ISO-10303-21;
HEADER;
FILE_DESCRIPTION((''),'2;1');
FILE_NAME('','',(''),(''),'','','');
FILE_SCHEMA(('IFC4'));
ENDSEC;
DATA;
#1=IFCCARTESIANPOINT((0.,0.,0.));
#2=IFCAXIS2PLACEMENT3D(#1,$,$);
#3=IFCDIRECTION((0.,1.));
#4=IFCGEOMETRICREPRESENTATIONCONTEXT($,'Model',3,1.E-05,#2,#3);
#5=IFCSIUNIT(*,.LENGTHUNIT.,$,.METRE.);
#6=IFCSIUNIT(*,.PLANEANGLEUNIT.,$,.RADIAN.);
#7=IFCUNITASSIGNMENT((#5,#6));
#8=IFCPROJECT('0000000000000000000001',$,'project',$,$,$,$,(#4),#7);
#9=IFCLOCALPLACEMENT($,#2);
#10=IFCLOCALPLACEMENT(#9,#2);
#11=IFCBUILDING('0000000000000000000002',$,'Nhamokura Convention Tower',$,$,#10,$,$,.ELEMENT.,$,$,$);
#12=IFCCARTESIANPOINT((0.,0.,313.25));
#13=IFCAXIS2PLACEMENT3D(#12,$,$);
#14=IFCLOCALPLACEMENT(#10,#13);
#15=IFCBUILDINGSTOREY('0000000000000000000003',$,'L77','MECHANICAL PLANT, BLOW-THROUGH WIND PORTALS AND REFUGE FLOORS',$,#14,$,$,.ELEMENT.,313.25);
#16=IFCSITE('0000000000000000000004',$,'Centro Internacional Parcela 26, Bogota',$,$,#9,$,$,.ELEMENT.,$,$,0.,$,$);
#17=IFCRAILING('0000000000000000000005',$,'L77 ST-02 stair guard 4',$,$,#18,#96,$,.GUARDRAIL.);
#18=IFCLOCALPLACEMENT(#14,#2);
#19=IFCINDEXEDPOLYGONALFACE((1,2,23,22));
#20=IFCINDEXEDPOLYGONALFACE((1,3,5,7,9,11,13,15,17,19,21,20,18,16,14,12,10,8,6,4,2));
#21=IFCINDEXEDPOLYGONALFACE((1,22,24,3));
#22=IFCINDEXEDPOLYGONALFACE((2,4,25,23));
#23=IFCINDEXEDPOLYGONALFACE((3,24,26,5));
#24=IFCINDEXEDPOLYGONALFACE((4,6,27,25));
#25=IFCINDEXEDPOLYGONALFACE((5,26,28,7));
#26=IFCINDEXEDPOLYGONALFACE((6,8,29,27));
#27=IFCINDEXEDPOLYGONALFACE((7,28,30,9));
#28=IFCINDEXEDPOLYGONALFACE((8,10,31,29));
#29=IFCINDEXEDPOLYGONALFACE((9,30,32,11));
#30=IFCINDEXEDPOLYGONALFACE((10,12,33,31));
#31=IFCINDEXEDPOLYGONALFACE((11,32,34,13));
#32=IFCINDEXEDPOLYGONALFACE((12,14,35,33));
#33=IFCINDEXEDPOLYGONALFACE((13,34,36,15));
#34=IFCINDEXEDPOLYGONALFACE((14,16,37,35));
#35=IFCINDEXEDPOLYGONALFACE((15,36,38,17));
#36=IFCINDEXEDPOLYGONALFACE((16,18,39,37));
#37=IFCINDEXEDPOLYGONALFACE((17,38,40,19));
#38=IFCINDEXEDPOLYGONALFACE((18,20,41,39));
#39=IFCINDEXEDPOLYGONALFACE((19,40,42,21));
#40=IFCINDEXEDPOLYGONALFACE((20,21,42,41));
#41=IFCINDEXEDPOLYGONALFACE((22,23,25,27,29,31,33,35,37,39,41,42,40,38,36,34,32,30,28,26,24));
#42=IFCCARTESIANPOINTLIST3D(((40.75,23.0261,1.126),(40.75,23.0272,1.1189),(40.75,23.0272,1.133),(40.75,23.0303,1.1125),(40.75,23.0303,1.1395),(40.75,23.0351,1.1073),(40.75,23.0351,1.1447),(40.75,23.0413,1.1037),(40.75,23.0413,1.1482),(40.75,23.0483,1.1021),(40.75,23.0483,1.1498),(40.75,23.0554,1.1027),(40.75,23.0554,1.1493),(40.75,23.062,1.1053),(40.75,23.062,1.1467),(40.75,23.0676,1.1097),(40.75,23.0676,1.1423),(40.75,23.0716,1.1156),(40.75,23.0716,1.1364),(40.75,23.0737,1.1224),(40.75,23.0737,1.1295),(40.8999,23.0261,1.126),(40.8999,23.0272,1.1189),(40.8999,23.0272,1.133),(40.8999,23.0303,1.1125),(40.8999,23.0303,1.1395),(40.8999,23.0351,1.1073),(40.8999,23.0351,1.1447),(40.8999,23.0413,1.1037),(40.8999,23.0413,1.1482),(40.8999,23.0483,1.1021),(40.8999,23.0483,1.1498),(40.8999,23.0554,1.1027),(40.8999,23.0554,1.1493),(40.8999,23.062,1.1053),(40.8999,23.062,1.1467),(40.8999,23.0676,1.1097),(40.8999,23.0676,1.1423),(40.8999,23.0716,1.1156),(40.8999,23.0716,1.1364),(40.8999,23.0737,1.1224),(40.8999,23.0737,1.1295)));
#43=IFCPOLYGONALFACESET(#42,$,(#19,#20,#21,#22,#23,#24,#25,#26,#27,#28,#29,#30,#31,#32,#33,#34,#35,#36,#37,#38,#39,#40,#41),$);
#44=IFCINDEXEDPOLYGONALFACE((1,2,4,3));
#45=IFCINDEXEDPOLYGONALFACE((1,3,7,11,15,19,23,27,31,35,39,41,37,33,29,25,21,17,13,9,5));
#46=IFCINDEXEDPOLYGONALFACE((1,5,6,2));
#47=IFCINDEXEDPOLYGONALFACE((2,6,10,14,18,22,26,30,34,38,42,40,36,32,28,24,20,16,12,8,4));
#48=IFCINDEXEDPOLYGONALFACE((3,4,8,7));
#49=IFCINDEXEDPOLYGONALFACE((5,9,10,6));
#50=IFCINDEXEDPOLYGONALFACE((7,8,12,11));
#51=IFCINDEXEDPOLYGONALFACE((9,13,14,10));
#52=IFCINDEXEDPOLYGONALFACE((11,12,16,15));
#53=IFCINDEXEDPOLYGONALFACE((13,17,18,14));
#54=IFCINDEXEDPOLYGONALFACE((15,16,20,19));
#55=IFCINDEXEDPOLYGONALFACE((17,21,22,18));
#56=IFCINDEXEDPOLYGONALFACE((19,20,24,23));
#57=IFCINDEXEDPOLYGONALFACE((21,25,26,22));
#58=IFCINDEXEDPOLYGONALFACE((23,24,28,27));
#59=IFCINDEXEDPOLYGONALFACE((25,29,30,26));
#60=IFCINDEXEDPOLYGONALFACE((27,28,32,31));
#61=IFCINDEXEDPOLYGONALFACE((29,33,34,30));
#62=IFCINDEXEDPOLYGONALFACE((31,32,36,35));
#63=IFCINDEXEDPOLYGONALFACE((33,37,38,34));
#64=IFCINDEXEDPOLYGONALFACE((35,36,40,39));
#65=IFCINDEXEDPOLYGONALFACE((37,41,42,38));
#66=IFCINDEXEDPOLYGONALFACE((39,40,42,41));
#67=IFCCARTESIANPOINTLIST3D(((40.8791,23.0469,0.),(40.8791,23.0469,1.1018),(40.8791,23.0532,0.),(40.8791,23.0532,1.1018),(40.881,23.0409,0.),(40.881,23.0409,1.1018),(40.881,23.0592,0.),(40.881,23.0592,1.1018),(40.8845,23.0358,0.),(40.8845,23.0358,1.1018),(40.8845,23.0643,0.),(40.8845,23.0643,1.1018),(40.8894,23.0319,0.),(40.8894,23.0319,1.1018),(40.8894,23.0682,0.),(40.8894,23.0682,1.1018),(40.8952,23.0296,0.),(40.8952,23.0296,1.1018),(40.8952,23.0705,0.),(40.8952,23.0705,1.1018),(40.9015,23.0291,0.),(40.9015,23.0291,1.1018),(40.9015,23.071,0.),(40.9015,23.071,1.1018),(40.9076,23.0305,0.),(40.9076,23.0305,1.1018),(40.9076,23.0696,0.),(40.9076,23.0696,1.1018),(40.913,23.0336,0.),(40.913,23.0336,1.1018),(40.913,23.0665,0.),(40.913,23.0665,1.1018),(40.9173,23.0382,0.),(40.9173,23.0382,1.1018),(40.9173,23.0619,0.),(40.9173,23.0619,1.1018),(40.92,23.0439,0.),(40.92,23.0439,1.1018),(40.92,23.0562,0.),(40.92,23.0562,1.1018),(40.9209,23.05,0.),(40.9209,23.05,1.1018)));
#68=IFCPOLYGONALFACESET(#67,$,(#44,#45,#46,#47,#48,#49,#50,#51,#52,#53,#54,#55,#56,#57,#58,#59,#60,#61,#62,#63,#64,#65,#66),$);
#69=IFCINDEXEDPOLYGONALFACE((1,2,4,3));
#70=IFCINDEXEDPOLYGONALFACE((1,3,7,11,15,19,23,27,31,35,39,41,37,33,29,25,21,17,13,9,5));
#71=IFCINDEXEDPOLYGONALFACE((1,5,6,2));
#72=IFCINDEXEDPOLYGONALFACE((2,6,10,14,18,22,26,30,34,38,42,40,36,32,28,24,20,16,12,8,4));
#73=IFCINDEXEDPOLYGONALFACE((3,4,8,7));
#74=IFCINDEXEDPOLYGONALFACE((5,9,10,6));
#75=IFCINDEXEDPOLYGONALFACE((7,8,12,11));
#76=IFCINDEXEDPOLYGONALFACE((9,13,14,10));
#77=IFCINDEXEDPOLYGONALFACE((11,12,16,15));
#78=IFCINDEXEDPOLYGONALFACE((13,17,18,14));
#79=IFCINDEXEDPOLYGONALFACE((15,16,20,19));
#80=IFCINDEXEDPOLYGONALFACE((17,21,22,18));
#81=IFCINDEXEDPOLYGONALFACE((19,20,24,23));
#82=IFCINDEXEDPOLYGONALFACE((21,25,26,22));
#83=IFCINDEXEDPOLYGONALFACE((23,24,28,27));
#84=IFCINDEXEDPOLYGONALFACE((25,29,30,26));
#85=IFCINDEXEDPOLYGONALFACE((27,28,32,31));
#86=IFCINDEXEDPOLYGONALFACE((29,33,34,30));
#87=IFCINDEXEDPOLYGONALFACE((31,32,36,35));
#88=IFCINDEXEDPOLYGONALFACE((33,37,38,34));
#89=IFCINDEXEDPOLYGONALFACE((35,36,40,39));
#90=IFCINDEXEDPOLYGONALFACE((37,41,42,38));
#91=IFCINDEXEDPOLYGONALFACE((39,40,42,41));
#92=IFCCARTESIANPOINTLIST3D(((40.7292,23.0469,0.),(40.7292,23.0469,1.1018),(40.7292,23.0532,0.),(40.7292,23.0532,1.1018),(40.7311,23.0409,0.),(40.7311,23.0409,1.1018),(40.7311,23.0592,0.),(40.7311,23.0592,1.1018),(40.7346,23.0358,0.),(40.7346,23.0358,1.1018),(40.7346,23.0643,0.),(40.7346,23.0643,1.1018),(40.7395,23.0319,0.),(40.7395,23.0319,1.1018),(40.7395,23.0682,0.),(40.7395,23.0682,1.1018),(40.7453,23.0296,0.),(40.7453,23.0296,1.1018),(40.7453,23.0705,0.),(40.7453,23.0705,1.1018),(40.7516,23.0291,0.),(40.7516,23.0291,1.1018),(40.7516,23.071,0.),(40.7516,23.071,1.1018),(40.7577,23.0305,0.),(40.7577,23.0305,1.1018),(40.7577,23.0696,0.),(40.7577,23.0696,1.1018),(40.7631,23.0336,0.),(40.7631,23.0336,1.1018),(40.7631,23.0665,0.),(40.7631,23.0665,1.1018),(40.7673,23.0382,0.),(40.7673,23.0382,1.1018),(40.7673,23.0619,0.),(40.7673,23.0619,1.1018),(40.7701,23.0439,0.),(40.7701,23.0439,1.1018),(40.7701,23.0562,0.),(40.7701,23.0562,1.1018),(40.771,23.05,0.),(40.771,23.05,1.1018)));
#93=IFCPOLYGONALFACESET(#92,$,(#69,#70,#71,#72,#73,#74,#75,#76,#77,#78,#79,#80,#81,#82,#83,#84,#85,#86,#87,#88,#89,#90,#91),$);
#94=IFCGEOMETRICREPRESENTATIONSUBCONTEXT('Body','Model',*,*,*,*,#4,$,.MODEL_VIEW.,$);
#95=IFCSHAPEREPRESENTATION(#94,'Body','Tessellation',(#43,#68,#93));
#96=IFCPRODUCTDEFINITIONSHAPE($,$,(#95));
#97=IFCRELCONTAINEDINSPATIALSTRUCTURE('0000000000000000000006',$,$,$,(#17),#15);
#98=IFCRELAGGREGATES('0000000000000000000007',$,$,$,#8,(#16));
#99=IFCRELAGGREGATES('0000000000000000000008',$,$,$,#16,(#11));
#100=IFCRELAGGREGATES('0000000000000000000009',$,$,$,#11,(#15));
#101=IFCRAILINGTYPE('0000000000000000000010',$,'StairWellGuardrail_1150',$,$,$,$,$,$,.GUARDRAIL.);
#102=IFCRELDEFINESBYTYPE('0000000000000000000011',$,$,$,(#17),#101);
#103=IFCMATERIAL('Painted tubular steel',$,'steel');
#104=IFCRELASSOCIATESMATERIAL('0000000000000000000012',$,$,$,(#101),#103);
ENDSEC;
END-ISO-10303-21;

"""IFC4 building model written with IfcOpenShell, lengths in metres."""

from ifc_helpers import new_model, si_unit, direction, frame, origin, origin_2d, place, context, subcontext, project, spatial, circle, extrude, material, type_object, element, save


model = new_model("IFC4")

# Units and contexts
model_context = context("Model", 3, precision=1e-05, world=origin(), true_north=direction((0.0, 1.0)))
body_context = subcontext(model_context, "Body", "Model", "MODEL_VIEW")
ifc_project = project(units=[si_unit("LENGTHUNIT", "METRE"), si_unit("PLANEANGLEUNIT", "RADIAN")], contexts=[model_context])

# Site, building, storey
site_placement = place(None, origin())
site = spatial("IfcSite", under=ifc_project, at=site_placement, Name="Centro Internacional Parcela 26, Bogota", CompositionType="ELEMENT", RefElevation=0.0)
building_placement = place(site_placement, origin())
building = spatial("IfcBuilding", under=site, at=building_placement, Name="Nhamokura Convention Tower", CompositionType="ELEMENT")
storey_placement = place(building_placement, frame((0.0, 0.0, 313.25)))
storey = spatial("IfcBuildingStorey", under=building, at=storey_placement, Name="L77", Description="MECHANICAL PLANT, BLOW-THROUGH WIND PORTALS AND REFUGE FLOORS", CompositionType="ELEMENT", Elevation=313.25)

# Railing
ifc_material_1 = material(Name="Painted tubular steel", Category="steel")
railing_type_1 = type_object("IfcRailingType", Name="StairWellGuardrail_1150", PredefinedType="GUARDRAIL", material=ifc_material_1)
railing_1_placement = place(storey_placement, frame((40.8999, 23.05, 0.0)))
element("IfcRailing", 1, at=railing_1_placement, inside=storey, type_object=railing_type_1, Name="L77 ST-02 stair guard 4", PredefinedType="GUARDRAIL", context=body_context, shape_type="SweptSolid", body=[
    extrude(circle(Radius=0.0239, at=origin_2d()), frame((0.0, 0.0, 1.126), z_axis=(-1.0, 0.0, 0.0), x_axis=(0.0, -1.0, 0.0)), (0.0, 0.0, 1.0), 0.1499),
    extrude(circle(Radius=0.021, at=origin_2d()), origin(), (0.0, 0.0, 1.0), 1.1018),
    extrude(circle(Radius=0.021, at=origin_2d()), frame((-0.1499, 0.0, 0.0)), (0.0, 0.0, 1.0), 1.1018),
])

save(model, "model.ifc")
